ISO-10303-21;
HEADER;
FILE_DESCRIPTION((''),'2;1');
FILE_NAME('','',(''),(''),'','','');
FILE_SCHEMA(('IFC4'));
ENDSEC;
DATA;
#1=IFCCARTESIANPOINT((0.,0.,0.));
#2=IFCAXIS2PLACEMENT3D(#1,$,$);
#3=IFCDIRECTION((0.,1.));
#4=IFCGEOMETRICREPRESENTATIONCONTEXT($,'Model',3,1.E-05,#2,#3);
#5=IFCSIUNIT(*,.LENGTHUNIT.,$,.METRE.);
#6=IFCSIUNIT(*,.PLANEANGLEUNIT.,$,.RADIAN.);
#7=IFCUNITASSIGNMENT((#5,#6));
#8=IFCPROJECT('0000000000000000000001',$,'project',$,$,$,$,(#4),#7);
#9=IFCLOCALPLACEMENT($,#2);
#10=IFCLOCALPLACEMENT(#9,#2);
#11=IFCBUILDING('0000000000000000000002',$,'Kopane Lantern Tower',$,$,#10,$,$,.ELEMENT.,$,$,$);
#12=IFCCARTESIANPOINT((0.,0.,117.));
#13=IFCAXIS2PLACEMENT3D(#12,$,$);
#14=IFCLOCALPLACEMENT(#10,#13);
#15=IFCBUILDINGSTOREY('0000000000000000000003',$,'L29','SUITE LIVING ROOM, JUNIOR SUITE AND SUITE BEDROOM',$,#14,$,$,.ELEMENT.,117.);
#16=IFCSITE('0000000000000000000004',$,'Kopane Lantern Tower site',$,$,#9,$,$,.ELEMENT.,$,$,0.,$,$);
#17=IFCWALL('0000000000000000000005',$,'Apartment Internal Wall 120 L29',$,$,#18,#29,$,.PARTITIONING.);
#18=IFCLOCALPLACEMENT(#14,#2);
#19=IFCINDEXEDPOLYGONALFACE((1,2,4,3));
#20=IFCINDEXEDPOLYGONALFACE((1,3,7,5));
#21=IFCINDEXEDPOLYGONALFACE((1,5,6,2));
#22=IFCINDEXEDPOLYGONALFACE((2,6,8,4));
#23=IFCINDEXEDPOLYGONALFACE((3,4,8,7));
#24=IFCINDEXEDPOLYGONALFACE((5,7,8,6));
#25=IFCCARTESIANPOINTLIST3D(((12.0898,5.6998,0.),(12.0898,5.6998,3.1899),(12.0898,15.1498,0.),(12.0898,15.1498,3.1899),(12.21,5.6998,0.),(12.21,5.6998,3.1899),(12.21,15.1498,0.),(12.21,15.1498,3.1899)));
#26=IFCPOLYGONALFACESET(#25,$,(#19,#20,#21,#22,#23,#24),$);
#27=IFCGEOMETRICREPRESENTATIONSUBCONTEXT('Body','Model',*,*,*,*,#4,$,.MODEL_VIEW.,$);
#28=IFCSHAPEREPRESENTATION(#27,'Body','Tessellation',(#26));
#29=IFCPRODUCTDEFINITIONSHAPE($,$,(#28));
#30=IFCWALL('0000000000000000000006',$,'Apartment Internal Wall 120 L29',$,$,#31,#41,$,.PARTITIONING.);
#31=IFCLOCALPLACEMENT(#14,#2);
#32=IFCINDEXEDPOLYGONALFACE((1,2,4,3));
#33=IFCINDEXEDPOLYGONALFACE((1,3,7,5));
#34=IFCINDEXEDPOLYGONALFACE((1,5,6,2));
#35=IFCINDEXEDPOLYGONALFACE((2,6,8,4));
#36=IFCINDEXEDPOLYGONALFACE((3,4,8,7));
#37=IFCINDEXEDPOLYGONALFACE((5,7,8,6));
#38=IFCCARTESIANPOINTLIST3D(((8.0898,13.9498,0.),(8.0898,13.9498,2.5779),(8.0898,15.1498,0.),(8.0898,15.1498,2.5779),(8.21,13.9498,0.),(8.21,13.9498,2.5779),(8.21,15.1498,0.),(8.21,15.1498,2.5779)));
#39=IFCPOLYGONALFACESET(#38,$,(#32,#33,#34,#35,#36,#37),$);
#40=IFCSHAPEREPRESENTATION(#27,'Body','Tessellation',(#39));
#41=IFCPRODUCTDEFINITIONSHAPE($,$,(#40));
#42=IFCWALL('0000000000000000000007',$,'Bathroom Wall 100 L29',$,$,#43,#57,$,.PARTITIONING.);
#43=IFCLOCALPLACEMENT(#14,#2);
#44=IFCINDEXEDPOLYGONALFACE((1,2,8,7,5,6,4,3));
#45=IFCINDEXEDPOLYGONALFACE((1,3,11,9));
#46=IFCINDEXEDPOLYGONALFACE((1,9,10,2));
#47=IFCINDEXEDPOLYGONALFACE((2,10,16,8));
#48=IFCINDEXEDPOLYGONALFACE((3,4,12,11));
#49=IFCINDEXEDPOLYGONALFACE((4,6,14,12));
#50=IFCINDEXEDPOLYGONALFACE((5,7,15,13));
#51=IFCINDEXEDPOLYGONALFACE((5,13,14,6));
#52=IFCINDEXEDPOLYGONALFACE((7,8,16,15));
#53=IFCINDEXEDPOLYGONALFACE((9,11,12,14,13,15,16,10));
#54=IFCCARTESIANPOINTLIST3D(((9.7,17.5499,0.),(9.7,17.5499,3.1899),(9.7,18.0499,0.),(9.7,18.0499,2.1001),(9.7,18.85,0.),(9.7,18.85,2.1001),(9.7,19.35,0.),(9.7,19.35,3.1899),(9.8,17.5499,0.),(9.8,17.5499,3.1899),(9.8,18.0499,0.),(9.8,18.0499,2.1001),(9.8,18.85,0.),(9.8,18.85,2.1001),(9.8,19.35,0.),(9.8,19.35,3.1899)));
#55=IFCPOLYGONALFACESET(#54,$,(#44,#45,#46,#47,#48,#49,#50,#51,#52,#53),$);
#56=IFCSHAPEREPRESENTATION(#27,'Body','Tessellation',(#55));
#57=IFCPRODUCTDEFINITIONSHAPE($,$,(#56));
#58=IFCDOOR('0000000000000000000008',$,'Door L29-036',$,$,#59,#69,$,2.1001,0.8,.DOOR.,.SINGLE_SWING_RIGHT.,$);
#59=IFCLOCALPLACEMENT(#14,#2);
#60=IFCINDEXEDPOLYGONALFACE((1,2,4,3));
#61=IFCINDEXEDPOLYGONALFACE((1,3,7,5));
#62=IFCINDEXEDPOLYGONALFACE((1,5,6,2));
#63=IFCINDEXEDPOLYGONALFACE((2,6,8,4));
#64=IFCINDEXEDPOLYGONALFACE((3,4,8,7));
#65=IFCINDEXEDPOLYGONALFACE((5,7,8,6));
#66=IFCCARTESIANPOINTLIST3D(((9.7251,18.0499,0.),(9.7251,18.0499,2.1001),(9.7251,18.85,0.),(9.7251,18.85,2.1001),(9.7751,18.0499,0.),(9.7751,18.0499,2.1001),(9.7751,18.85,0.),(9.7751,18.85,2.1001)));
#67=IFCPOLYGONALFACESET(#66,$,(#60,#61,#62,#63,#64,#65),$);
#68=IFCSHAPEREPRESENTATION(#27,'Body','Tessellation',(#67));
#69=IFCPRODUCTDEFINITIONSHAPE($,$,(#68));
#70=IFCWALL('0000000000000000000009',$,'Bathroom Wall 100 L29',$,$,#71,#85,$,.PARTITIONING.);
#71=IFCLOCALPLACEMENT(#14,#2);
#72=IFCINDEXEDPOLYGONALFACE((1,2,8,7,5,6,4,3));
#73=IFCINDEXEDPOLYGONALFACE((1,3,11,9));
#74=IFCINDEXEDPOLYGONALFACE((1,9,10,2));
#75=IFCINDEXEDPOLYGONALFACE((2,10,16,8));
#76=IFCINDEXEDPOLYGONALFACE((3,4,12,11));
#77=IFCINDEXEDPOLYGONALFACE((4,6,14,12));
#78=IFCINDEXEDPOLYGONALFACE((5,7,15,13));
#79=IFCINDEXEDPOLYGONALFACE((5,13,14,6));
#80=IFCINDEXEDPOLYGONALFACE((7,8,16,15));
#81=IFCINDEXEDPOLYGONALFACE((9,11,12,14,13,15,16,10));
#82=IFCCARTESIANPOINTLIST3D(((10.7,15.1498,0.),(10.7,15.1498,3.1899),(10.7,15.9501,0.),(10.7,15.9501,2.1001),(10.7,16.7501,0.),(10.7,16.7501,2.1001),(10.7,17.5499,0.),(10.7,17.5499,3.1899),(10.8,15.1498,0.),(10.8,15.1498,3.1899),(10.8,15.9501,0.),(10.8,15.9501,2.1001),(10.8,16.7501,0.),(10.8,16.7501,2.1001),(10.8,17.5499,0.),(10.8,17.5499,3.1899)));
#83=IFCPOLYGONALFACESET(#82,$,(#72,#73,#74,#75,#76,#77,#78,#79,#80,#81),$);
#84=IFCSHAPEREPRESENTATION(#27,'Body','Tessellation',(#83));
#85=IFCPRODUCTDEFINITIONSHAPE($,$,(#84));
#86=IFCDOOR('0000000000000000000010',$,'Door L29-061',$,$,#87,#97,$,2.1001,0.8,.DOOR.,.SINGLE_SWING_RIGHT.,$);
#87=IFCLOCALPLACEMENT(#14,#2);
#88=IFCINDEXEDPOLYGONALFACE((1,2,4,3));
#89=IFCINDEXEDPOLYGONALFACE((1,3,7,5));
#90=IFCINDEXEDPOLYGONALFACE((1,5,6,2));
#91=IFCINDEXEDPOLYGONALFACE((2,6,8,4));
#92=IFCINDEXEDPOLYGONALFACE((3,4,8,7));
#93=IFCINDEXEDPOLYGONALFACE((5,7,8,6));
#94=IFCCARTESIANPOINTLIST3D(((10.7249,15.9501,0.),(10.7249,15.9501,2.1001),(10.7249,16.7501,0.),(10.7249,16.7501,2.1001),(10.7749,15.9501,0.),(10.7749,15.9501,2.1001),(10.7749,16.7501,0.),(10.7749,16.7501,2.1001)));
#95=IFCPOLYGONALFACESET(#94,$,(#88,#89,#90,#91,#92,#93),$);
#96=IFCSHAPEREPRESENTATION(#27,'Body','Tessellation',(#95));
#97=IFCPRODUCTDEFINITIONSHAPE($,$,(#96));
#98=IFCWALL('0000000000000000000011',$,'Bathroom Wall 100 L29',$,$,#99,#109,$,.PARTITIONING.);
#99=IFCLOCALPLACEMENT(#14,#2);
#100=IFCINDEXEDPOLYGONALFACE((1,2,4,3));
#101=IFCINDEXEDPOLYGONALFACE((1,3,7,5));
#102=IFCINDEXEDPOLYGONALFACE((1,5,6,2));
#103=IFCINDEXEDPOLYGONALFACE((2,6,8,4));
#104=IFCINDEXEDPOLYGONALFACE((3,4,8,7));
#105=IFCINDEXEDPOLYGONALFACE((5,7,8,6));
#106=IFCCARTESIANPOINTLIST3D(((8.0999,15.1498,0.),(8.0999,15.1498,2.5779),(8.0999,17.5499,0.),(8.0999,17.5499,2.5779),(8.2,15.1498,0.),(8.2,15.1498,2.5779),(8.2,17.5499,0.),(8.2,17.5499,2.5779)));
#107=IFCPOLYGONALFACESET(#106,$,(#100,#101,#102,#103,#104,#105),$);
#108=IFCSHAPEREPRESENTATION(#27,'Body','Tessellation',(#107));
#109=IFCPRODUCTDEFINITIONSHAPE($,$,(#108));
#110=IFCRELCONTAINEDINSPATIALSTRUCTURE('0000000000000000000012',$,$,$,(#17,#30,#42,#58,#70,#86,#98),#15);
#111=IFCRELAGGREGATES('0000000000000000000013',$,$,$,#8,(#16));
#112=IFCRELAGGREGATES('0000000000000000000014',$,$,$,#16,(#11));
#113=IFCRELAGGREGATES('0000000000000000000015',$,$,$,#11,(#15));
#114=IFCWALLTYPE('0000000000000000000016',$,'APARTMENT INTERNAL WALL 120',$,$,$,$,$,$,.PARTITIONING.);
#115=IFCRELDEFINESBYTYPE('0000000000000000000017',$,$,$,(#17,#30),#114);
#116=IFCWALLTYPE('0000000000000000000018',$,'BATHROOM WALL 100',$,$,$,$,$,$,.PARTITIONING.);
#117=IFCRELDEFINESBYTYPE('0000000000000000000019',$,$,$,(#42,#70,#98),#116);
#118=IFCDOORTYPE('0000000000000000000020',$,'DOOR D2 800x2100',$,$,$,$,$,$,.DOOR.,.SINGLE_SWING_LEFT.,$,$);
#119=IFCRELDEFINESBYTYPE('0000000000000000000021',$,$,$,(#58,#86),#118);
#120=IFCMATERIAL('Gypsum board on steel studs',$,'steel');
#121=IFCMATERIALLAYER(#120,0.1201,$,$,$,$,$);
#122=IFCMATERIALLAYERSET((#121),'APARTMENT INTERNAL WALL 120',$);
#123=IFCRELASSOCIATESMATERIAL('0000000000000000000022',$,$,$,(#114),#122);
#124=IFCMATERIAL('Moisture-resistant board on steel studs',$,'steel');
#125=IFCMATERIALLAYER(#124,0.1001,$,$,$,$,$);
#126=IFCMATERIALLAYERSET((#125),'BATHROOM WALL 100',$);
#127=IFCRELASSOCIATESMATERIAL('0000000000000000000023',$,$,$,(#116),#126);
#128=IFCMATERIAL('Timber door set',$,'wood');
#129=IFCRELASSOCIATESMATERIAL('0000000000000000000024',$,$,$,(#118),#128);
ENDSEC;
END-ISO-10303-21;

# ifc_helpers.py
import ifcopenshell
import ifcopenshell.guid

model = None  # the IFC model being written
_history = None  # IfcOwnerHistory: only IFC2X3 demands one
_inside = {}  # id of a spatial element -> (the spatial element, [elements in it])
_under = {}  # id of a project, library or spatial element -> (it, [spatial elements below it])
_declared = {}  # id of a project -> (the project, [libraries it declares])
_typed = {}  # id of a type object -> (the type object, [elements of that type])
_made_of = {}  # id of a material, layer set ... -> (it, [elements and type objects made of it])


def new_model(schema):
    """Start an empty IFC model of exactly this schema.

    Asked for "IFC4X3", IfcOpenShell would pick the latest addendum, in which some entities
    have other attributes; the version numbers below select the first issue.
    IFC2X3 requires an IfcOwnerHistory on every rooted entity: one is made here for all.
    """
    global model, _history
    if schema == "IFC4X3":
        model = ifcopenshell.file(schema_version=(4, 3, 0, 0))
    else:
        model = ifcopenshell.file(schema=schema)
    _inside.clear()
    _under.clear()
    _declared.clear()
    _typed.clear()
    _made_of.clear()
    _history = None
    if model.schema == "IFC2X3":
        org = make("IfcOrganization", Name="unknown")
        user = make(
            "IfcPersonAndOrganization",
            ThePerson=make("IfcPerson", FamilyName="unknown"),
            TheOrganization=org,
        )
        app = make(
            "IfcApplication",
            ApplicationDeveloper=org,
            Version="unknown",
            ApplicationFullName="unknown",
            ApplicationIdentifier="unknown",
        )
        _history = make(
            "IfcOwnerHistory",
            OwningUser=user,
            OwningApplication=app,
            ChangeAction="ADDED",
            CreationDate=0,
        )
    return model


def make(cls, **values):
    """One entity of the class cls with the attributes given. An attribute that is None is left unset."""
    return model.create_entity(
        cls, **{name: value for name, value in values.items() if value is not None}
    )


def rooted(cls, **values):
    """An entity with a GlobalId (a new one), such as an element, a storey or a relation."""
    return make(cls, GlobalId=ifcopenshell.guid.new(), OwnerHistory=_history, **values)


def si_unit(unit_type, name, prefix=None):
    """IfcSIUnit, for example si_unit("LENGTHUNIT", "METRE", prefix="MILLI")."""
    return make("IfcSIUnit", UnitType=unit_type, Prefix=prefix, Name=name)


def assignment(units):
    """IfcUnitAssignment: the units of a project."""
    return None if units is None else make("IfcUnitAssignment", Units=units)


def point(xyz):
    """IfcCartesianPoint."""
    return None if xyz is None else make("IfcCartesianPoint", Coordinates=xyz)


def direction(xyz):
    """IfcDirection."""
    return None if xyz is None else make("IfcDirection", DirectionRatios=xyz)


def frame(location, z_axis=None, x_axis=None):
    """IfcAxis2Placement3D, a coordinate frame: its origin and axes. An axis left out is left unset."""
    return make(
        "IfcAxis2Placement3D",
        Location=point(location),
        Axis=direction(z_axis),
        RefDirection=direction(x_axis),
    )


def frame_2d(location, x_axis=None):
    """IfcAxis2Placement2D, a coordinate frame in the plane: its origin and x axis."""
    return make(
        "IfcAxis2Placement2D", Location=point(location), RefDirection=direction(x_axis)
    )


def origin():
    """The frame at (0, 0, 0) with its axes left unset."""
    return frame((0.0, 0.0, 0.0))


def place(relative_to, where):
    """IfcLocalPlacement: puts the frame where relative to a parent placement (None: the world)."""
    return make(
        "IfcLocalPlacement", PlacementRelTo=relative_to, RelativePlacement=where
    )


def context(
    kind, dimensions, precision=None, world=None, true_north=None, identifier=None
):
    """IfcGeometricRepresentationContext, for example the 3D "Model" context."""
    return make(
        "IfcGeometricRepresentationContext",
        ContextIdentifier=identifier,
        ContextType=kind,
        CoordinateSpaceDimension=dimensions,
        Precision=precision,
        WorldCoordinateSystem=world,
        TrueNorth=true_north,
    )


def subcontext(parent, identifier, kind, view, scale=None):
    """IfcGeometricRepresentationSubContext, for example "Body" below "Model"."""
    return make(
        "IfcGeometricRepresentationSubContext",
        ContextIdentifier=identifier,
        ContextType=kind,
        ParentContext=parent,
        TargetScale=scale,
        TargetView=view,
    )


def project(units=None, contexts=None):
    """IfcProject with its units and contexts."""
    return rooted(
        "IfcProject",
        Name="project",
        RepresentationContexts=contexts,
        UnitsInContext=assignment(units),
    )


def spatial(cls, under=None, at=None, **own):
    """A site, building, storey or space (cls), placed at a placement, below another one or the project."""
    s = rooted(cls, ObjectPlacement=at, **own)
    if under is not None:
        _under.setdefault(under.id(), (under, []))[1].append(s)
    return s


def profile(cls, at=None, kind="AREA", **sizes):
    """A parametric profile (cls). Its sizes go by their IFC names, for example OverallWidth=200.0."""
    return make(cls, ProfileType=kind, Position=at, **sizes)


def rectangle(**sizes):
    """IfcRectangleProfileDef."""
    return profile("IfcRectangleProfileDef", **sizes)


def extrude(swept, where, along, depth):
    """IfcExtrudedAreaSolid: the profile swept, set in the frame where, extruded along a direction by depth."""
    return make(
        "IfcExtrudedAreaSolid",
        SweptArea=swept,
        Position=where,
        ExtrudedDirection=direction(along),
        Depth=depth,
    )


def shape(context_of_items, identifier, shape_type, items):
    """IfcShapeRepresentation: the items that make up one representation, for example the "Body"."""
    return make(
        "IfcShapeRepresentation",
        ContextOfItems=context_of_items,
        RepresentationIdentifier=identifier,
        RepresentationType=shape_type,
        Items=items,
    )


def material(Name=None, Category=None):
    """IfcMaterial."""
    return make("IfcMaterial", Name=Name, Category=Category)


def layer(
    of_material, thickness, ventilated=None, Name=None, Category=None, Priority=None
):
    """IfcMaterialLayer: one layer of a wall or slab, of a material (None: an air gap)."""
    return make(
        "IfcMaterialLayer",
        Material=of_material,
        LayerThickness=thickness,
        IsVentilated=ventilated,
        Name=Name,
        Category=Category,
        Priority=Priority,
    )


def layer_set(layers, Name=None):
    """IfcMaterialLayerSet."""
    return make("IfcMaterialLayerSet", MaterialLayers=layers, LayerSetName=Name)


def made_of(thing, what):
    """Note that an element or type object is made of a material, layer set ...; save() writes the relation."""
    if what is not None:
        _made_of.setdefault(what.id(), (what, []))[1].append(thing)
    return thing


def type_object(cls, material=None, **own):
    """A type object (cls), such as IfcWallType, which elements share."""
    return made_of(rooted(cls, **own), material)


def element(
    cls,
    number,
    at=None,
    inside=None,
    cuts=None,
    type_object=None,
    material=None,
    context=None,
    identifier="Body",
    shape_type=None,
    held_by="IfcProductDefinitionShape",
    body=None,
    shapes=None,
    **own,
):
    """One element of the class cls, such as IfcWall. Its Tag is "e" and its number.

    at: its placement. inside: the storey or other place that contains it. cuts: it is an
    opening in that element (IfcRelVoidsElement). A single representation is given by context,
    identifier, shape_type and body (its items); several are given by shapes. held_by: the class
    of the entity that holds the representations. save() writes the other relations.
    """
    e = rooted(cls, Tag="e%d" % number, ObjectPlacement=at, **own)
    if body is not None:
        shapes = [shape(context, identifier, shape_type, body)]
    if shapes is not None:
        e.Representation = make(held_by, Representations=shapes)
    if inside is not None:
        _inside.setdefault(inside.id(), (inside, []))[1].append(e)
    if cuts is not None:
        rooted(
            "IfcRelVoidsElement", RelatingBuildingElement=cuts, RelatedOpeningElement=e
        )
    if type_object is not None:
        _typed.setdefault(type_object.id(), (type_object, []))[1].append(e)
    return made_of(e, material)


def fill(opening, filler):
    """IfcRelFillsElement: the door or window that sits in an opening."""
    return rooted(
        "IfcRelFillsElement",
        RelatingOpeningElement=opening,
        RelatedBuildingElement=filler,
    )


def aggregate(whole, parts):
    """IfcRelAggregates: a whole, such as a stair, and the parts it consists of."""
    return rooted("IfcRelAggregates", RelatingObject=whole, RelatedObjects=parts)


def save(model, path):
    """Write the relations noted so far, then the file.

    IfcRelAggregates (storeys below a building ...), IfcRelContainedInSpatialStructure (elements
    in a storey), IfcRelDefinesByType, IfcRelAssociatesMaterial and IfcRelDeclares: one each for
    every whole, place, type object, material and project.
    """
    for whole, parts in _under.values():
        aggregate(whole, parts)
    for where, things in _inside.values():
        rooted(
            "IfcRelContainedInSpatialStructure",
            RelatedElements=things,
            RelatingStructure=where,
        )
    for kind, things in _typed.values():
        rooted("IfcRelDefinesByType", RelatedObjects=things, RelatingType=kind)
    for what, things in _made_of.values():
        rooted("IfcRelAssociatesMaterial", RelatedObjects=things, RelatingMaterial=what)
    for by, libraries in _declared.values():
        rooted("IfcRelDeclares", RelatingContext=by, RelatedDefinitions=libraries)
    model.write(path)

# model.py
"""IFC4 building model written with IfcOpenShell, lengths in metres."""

from ifc_helpers import new_model, si_unit, direction, frame, frame_2d, origin, place, context, subcontext, project, spatial, rectangle, extrude, material, layer, layer_set, type_object, element, fill, save


model = new_model("IFC4")

# Units and contexts
model_context = context("Model", 3, precision=1e-05, world=origin(), true_north=direction((0.0, 1.0)))
body_context = subcontext(model_context, "Body", "Model", "MODEL_VIEW")
ifc_project = project(units=[si_unit("LENGTHUNIT", "METRE"), si_unit("PLANEANGLEUNIT", "RADIAN")], contexts=[model_context])

# Site, building, storey
site_placement = place(None, origin())
site = spatial("IfcSite", under=ifc_project, at=site_placement, Name="Kopane Lantern Tower site", CompositionType="ELEMENT", RefElevation=0.0)
building_placement = place(site_placement, origin())
building = spatial("IfcBuilding", under=site, at=building_placement, Name="Kopane Lantern Tower", CompositionType="ELEMENT")
storey_placement = place(building_placement, frame((0.0, 0.0, 117.0)))
storey = spatial("IfcBuildingStorey", under=building, at=storey_placement, Name="L29", Description="SUITE LIVING ROOM, JUNIOR SUITE AND SUITE BEDROOM", CompositionType="ELEMENT", Elevation=117.0)

# Walls
ifc_material_1 = material(Name="Gypsum board on steel studs", Category="steel")
ifc_layer_1 = layer(ifc_material_1, 0.1201)
ifc_layer_set_1 = layer_set([ifc_layer_1], Name="APARTMENT INTERNAL WALL 120")
wall_type_1 = type_object("IfcWallType", Name="APARTMENT INTERNAL WALL 120", PredefinedType="PARTITIONING", material=ifc_layer_set_1)
wall_1_placement = place(storey_placement, frame((12.1499, 15.1499, 0.0), z_axis=(0.0, 0.0, 1.0), x_axis=(0.0, -1.0, 0.0)))
element("IfcWall", 1, at=wall_1_placement, inside=storey, type_object=wall_type_1, Name="Apartment Internal Wall 120 L29", PredefinedType="PARTITIONING", context=body_context, shape_type="SweptSolid", body=[
    extrude(rectangle(XDim=9.45, YDim=0.1201, at=frame_2d((4.7251, 0.0))), origin(), (0.0, 0.0, 1.0), 3.1899),
])
wall_2_placement = place(storey_placement, frame((8.1499, 15.1499, 0.0), z_axis=(0.0, 0.0, 1.0), x_axis=(0.0, -1.0, 0.0)))
element("IfcWall", 2, at=wall_2_placement, inside=storey, type_object=wall_type_1, Name="Apartment Internal Wall 120 L29", PredefinedType="PARTITIONING", context=body_context, shape_type="SweptSolid", body=[
    extrude(rectangle(XDim=1.2, YDim=0.1201, at=frame_2d((0.6001, 0.0))), origin(), (0.0, 0.0, 1.0), 2.5779),
])

# Walls, openings, doors
ifc_material_2 = material(Name="Moisture-resistant board on steel studs", Category="steel")
ifc_layer_2 = layer(ifc_material_2, 0.1001)
ifc_layer_set_2 = layer_set([ifc_layer_2], Name="BATHROOM WALL 100")
wall_type_2 = type_object("IfcWallType", Name="BATHROOM WALL 100", PredefinedType="PARTITIONING", material=ifc_layer_set_2)
wall_3_placement = place(storey_placement, frame((9.75, 17.55, 0.0), z_axis=(0.0, 0.0, 1.0), x_axis=(0.0, 1.0, 0.0)))
wall_3 = element("IfcWall", 3, at=wall_3_placement, inside=storey, type_object=wall_type_2, Name="Bathroom Wall 100 L29", PredefinedType="PARTITIONING", context=body_context, shape_type="SweptSolid", body=[
    extrude(rectangle(XDim=1.8, YDim=0.1001, at=frame_2d((0.8999, 0.0))), origin(), (0.0, 0.0, 1.0), 3.1899),
])
opening_1_placement = place(wall_3_placement, frame((0.5, 0.0, 0.0)))
opening_1 = element("IfcOpeningElement", 4, at=opening_1_placement, cuts=wall_3, PredefinedType="OPENING", context=body_context, shape_type="SweptSolid", body=[
    extrude(rectangle(XDim=0.8, YDim=2.1001, at=frame_2d((0.3999, 1.05))), frame((0.0, 0.0601, 0.0), z_axis=(0.0, -1.0, 0.0), x_axis=(1.0, 0.0, 0.0)), (0.0, 0.0, 1.0), 0.1201),
])
ifc_material_3 = material(Name="Timber door set", Category="wood")
door_type_1 = type_object("IfcDoorType", Name="DOOR D2 800x2100", OperationType="SINGLE_SWING_LEFT", PredefinedType="DOOR", material=ifc_material_3)
door_1_placement = place(opening_1_placement, origin())
door_1 = element("IfcDoor", 5, at=door_1_placement, inside=storey, type_object=door_type_1, Name="Door L29-036", OperationType="SINGLE_SWING_RIGHT", OverallHeight=2.1001, OverallWidth=0.8, PredefinedType="DOOR", context=body_context, shape_type="SweptSolid", body=[
    extrude(rectangle(XDim=0.8, YDim=2.1001, at=frame_2d((0.3999, 1.05))), frame((0.0, 0.0249, 0.0), z_axis=(0.0, -1.0, 0.0), x_axis=(1.0, 0.0, 0.0)), (0.0, 0.0, 1.0), 0.05),
])
fill(opening_1, door_1)
wall_4_placement = place(storey_placement, frame((10.75, 17.55, 0.0), z_axis=(0.0, 0.0, 1.0), x_axis=(0.0, -1.0, 0.0)))
wall_4 = element("IfcWall", 6, at=wall_4_placement, inside=storey, type_object=wall_type_2, Name="Bathroom Wall 100 L29", PredefinedType="PARTITIONING", context=body_context, shape_type="SweptSolid", body=[
    extrude(rectangle(XDim=2.4001, YDim=0.1001, at=frame_2d((1.2002, 0.0))), origin(), (0.0, 0.0, 1.0), 3.1899),
])
opening_2_placement = place(wall_4_placement, frame((0.8, 0.0, 0.0)))
opening_2 = element("IfcOpeningElement", 7, at=opening_2_placement, cuts=wall_4, PredefinedType="OPENING", context=body_context, shape_type="SweptSolid", body=[
    extrude(rectangle(XDim=0.8, YDim=2.1001, at=frame_2d((0.3999, 1.05))), frame((0.0, 0.0601, 0.0), z_axis=(0.0, -1.0, 0.0), x_axis=(1.0, 0.0, 0.0)), (0.0, 0.0, 1.0), 0.1201),
])
door_2_placement = place(opening_2_placement, origin())
door_2 = element("IfcDoor", 8, at=door_2_placement, inside=storey, type_object=door_type_1, Name="Door L29-061", OperationType="SINGLE_SWING_RIGHT", OverallHeight=2.1001, OverallWidth=0.8, PredefinedType="DOOR", context=body_context, shape_type="SweptSolid", body=[
    extrude(rectangle(XDim=0.8, YDim=2.1001, at=frame_2d((0.3999, 1.05))), frame((0.0, 0.0249, 0.0), z_axis=(0.0, -1.0, 0.0), x_axis=(1.0, 0.0, 0.0)), (0.0, 0.0, 1.0), 0.05),
])
fill(opening_2, door_2)

# Wall
wall_5_placement = place(storey_placement, frame((8.1499, 17.55, 0.0), z_axis=(0.0, 0.0, 1.0), x_axis=(0.0, -1.0, 0.0)))
element("IfcWall", 9, at=wall_5_placement, inside=storey, type_object=wall_type_2, Name="Bathroom Wall 100 L29", PredefinedType="PARTITIONING", context=body_context, shape_type="SweptSolid", body=[
    extrude(rectangle(XDim=2.4001, YDim=0.1001, at=frame_2d((1.2002, 0.0))), origin(), (0.0, 0.0, 1.0), 2.5779),
])

save(model, "model.ifc")
